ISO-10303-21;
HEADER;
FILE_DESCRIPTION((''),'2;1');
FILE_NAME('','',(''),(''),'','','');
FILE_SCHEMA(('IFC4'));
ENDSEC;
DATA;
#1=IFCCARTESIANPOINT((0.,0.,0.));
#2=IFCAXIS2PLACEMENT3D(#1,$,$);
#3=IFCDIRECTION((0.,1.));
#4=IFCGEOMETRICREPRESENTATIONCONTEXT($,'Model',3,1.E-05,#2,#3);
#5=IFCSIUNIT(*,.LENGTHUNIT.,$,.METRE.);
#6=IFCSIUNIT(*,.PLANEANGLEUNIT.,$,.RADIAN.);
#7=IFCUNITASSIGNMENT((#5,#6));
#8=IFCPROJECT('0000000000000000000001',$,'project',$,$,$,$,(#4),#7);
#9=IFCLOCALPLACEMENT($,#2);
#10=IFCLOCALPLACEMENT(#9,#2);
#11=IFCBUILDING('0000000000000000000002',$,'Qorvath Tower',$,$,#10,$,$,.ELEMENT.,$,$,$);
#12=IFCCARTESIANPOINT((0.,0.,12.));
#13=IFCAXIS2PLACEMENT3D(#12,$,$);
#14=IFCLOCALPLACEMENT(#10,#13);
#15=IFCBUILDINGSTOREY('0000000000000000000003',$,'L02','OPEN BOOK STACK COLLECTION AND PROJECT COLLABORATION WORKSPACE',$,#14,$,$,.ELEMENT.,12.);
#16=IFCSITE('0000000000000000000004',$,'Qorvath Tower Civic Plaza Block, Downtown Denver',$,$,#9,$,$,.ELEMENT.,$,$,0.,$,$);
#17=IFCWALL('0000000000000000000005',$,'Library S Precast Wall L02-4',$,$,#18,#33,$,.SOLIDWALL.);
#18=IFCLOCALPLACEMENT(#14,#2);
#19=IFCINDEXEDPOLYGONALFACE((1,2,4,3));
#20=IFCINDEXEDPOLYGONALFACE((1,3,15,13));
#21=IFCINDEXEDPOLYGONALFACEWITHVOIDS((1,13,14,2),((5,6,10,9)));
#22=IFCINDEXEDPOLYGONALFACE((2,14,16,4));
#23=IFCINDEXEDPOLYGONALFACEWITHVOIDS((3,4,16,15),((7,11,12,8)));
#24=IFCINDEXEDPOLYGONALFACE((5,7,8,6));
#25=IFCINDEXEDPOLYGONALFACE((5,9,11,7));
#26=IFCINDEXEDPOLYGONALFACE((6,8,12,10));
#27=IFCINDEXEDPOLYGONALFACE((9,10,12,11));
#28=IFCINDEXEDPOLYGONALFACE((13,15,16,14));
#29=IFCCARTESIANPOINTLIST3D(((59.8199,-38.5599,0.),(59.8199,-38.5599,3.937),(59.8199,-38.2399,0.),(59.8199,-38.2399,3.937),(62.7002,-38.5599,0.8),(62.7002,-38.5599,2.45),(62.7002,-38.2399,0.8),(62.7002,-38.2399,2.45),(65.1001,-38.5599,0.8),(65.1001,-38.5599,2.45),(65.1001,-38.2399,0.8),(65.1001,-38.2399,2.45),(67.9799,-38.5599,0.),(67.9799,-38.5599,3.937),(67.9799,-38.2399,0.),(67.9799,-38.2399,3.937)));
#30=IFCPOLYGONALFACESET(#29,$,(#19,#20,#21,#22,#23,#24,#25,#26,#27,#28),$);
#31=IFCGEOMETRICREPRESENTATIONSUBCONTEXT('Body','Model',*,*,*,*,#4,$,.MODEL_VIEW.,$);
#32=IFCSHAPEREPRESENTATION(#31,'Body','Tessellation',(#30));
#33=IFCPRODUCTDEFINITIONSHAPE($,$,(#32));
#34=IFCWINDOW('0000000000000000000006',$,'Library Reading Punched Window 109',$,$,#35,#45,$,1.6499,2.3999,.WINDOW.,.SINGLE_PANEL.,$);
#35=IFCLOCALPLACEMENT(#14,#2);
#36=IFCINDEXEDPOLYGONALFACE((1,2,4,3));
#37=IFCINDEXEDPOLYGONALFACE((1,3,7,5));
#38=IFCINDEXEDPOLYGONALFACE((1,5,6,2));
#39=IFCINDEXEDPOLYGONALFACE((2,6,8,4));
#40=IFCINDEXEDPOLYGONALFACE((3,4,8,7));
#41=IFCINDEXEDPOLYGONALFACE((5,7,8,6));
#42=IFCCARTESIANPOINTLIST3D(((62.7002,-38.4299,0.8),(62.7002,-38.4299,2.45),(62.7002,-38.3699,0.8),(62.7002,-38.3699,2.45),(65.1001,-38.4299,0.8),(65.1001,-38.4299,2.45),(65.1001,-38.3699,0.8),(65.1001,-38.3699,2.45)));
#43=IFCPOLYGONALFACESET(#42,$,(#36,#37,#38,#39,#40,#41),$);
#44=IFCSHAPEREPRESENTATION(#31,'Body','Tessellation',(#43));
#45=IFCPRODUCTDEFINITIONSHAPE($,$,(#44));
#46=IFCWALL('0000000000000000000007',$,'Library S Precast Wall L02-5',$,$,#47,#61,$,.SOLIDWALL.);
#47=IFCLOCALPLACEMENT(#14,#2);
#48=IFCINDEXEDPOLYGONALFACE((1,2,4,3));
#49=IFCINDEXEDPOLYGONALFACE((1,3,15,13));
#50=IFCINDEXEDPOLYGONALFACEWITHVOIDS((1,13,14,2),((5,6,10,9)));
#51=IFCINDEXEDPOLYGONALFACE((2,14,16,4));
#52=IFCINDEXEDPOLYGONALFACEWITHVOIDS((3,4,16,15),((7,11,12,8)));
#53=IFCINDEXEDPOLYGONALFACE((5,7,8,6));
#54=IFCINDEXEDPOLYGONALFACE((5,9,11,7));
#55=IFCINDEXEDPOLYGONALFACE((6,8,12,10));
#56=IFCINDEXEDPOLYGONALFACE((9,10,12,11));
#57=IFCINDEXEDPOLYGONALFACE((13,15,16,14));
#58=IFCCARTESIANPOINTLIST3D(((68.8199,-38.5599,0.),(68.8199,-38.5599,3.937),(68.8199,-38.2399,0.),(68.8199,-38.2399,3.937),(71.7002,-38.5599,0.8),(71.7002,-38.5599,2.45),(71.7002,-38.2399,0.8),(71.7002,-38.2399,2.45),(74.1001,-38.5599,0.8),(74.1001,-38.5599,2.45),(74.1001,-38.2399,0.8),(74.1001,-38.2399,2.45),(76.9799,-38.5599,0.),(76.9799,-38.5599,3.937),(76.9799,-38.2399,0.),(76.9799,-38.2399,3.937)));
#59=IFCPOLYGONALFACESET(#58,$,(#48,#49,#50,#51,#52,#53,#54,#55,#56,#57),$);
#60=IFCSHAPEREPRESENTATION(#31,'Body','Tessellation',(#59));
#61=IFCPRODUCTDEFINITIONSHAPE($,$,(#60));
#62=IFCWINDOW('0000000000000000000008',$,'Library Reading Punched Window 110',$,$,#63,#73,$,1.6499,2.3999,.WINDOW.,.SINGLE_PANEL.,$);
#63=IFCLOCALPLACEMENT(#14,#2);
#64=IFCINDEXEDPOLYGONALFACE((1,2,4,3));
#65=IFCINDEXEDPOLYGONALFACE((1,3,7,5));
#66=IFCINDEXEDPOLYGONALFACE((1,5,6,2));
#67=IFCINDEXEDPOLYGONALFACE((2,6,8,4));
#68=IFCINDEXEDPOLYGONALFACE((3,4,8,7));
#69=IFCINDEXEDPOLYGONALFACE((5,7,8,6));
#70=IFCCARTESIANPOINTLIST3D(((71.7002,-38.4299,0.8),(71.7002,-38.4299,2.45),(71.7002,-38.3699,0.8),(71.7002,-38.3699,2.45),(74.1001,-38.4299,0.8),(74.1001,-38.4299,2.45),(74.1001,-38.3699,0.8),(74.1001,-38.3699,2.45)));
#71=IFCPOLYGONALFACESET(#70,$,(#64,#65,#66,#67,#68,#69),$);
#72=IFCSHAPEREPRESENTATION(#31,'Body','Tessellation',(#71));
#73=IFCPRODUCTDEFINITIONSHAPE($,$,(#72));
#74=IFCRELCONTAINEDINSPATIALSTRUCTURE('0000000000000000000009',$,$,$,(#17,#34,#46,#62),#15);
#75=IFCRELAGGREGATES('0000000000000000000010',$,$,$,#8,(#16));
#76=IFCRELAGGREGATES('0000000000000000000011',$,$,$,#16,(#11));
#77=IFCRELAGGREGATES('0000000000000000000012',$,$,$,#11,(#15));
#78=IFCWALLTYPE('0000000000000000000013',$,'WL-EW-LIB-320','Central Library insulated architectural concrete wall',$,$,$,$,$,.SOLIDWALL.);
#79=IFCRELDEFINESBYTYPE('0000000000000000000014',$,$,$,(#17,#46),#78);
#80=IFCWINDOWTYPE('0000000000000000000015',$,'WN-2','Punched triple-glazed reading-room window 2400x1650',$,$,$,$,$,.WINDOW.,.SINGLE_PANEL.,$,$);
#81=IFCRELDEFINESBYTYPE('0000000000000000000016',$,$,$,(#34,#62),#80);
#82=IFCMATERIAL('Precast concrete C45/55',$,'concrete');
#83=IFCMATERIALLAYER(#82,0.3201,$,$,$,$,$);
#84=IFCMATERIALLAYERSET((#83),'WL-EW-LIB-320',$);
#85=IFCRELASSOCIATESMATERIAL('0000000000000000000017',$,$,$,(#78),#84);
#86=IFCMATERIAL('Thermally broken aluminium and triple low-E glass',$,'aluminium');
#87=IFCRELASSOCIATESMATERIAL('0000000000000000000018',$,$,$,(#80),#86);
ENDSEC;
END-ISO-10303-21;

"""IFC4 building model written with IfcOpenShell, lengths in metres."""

from ifc_helpers import new_model, si_unit, direction, frame, frame_2d, origin, place, context, subcontext, project, spatial, rectangle, extrude, material, layer, layer_set, type_object, element, fill, save


model = new_model("IFC4")

# Units and contexts
model_context = context("Model", 3, precision=1e-05, world=origin(), true_north=direction((0.0, 1.0)))
body_context = subcontext(model_context, "Body", "Model", "MODEL_VIEW")
ifc_project = project(units=[si_unit("LENGTHUNIT", "METRE"), si_unit("PLANEANGLEUNIT", "RADIAN")], contexts=[model_context])

# Site, building, storey
site_placement = place(None, origin())
site = spatial("IfcSite", under=ifc_project, at=site_placement, Name="Qorvath Tower Civic Plaza Block, Downtown Denver", CompositionType="ELEMENT", RefElevation=0.0)
building_placement = place(site_placement, origin())
building = spatial("IfcBuilding", under=site, at=building_placement, Name="Qorvath Tower", CompositionType="ELEMENT")
storey_placement = place(building_placement, frame((0.0, 0.0, 12.0)))
storey = spatial("IfcBuildingStorey", under=building, at=storey_placement, Name="L02", Description="OPEN BOOK STACK COLLECTION AND PROJECT COLLABORATION WORKSPACE", CompositionType="ELEMENT", Elevation=12.0)

# Walls, openings, windows
ifc_material_1 = material(Name="Precast concrete C45/55", Category="concrete")
ifc_layer = layer(ifc_material_1, 0.3201)
ifc_layer_set = layer_set([ifc_layer], Name="WL-EW-LIB-320")
wall_type = type_object("IfcWallType", Name="WL-EW-LIB-320", Description="Central Library insulated architectural concrete wall", PredefinedType="SOLIDWALL", material=ifc_layer_set)
ifc_material_2 = material(Name="Thermally broken aluminium and triple low-E glass", Category="aluminium")
window_type = type_object("IfcWindowType", Name="WN-2", Description="Punched triple-glazed reading-room window 2400x1650", PartitioningType="SINGLE_PANEL", PredefinedType="WINDOW", material=ifc_material_2)
wall_1_placement = place(storey_placement, frame((67.98, -38.3999, 0.0), z_axis=(0.0, 0.0, 1.0), x_axis=(-1.0, 0.0, 0.0)))
wall_1 = element("IfcWall", 1, at=wall_1_placement, inside=storey, type_object=wall_type, Name="Library S Precast Wall L02-4", PredefinedType="SOLIDWALL", context=body_context, shape_type="SweptSolid", body=[
    extrude(rectangle(XDim=8.1599, YDim=0.3201, at=frame_2d((4.0801, 0.0))), origin(), (0.0, 0.0, 1.0), 3.937),
])
opening_1_placement = place(wall_1_placement, frame((2.8799, 0.0, 0.8)))
opening_1 = element("IfcOpeningElement", 2, at=opening_1_placement, cuts=wall_1, PredefinedType="OPENING", context=body_context, shape_type="SweptSolid", body=[
    extrude(rectangle(XDim=2.3999, YDim=1.6499, at=frame_2d((1.2, 0.825))), frame((0.0, 0.1699, 0.0), z_axis=(0.0, -1.0, 0.0), x_axis=(1.0, 0.0, 0.0)), (0.0, 0.0, 1.0), 0.3401),
])
window_1_placement = place(opening_1_placement, origin())
window_1 = element("IfcWindow", 3, at=window_1_placement, inside=storey, type_object=window_type, Name="Library Reading Punched Window 109", OverallHeight=1.6499, OverallWidth=2.3999, PartitioningType="SINGLE_PANEL", PredefinedType="WINDOW", context=body_context, shape_type="SweptSolid", body=[
    extrude(rectangle(XDim=2.3999, YDim=1.6499, at=frame_2d((1.2, 0.825))), frame((0.0, 0.03, 0.0), z_axis=(0.0, -1.0, 0.0), x_axis=(1.0, 0.0, 0.0)), (0.0, 0.0, 1.0), 0.0601),
])
fill(opening_1, window_1)
wall_2_placement = place(storey_placement, frame((76.98, -38.3999, 0.0), z_axis=(0.0, 0.0, 1.0), x_axis=(-1.0, 0.0, 0.0)))
wall_2 = element("IfcWall", 4, at=wall_2_placement, inside=storey, type_object=wall_type, Name="Library S Precast Wall L02-5", PredefinedType="SOLIDWALL", context=body_context, shape_type="SweptSolid", body=[
    extrude(rectangle(XDim=8.1599, YDim=0.3201, at=frame_2d((4.0801, 0.0))), origin(), (0.0, 0.0, 1.0), 3.937),
])
opening_2_placement = place(wall_2_placement, frame((2.8799, 0.0, 0.8)))
opening_2 = element("IfcOpeningElement", 5, at=opening_2_placement, cuts=wall_2, PredefinedType="OPENING", context=body_context, shape_type="SweptSolid", body=[
    extrude(rectangle(XDim=2.3999, YDim=1.6499, at=frame_2d((1.2, 0.825))), frame((0.0, 0.1699, 0.0), z_axis=(0.0, -1.0, 0.0), x_axis=(1.0, 0.0, 0.0)), (0.0, 0.0, 1.0), 0.3401),
])
window_2_placement = place(opening_2_placement, origin())
window_2 = element("IfcWindow", 6, at=window_2_placement, inside=storey, type_object=window_type, Name="Library Reading Punched Window 110", OverallHeight=1.6499, OverallWidth=2.3999, PartitioningType="SINGLE_PANEL", PredefinedType="WINDOW", context=body_context, shape_type="SweptSolid", body=[
    extrude(rectangle(XDim=2.3999, YDim=1.6499, at=frame_2d((1.2, 0.825))), frame((0.0, 0.03, 0.0), z_axis=(0.0, -1.0, 0.0), x_axis=(1.0, 0.0, 0.0)), (0.0, 0.0, 1.0), 0.0601),
])
fill(opening_2, window_2)

save(model, "model.ifc")
